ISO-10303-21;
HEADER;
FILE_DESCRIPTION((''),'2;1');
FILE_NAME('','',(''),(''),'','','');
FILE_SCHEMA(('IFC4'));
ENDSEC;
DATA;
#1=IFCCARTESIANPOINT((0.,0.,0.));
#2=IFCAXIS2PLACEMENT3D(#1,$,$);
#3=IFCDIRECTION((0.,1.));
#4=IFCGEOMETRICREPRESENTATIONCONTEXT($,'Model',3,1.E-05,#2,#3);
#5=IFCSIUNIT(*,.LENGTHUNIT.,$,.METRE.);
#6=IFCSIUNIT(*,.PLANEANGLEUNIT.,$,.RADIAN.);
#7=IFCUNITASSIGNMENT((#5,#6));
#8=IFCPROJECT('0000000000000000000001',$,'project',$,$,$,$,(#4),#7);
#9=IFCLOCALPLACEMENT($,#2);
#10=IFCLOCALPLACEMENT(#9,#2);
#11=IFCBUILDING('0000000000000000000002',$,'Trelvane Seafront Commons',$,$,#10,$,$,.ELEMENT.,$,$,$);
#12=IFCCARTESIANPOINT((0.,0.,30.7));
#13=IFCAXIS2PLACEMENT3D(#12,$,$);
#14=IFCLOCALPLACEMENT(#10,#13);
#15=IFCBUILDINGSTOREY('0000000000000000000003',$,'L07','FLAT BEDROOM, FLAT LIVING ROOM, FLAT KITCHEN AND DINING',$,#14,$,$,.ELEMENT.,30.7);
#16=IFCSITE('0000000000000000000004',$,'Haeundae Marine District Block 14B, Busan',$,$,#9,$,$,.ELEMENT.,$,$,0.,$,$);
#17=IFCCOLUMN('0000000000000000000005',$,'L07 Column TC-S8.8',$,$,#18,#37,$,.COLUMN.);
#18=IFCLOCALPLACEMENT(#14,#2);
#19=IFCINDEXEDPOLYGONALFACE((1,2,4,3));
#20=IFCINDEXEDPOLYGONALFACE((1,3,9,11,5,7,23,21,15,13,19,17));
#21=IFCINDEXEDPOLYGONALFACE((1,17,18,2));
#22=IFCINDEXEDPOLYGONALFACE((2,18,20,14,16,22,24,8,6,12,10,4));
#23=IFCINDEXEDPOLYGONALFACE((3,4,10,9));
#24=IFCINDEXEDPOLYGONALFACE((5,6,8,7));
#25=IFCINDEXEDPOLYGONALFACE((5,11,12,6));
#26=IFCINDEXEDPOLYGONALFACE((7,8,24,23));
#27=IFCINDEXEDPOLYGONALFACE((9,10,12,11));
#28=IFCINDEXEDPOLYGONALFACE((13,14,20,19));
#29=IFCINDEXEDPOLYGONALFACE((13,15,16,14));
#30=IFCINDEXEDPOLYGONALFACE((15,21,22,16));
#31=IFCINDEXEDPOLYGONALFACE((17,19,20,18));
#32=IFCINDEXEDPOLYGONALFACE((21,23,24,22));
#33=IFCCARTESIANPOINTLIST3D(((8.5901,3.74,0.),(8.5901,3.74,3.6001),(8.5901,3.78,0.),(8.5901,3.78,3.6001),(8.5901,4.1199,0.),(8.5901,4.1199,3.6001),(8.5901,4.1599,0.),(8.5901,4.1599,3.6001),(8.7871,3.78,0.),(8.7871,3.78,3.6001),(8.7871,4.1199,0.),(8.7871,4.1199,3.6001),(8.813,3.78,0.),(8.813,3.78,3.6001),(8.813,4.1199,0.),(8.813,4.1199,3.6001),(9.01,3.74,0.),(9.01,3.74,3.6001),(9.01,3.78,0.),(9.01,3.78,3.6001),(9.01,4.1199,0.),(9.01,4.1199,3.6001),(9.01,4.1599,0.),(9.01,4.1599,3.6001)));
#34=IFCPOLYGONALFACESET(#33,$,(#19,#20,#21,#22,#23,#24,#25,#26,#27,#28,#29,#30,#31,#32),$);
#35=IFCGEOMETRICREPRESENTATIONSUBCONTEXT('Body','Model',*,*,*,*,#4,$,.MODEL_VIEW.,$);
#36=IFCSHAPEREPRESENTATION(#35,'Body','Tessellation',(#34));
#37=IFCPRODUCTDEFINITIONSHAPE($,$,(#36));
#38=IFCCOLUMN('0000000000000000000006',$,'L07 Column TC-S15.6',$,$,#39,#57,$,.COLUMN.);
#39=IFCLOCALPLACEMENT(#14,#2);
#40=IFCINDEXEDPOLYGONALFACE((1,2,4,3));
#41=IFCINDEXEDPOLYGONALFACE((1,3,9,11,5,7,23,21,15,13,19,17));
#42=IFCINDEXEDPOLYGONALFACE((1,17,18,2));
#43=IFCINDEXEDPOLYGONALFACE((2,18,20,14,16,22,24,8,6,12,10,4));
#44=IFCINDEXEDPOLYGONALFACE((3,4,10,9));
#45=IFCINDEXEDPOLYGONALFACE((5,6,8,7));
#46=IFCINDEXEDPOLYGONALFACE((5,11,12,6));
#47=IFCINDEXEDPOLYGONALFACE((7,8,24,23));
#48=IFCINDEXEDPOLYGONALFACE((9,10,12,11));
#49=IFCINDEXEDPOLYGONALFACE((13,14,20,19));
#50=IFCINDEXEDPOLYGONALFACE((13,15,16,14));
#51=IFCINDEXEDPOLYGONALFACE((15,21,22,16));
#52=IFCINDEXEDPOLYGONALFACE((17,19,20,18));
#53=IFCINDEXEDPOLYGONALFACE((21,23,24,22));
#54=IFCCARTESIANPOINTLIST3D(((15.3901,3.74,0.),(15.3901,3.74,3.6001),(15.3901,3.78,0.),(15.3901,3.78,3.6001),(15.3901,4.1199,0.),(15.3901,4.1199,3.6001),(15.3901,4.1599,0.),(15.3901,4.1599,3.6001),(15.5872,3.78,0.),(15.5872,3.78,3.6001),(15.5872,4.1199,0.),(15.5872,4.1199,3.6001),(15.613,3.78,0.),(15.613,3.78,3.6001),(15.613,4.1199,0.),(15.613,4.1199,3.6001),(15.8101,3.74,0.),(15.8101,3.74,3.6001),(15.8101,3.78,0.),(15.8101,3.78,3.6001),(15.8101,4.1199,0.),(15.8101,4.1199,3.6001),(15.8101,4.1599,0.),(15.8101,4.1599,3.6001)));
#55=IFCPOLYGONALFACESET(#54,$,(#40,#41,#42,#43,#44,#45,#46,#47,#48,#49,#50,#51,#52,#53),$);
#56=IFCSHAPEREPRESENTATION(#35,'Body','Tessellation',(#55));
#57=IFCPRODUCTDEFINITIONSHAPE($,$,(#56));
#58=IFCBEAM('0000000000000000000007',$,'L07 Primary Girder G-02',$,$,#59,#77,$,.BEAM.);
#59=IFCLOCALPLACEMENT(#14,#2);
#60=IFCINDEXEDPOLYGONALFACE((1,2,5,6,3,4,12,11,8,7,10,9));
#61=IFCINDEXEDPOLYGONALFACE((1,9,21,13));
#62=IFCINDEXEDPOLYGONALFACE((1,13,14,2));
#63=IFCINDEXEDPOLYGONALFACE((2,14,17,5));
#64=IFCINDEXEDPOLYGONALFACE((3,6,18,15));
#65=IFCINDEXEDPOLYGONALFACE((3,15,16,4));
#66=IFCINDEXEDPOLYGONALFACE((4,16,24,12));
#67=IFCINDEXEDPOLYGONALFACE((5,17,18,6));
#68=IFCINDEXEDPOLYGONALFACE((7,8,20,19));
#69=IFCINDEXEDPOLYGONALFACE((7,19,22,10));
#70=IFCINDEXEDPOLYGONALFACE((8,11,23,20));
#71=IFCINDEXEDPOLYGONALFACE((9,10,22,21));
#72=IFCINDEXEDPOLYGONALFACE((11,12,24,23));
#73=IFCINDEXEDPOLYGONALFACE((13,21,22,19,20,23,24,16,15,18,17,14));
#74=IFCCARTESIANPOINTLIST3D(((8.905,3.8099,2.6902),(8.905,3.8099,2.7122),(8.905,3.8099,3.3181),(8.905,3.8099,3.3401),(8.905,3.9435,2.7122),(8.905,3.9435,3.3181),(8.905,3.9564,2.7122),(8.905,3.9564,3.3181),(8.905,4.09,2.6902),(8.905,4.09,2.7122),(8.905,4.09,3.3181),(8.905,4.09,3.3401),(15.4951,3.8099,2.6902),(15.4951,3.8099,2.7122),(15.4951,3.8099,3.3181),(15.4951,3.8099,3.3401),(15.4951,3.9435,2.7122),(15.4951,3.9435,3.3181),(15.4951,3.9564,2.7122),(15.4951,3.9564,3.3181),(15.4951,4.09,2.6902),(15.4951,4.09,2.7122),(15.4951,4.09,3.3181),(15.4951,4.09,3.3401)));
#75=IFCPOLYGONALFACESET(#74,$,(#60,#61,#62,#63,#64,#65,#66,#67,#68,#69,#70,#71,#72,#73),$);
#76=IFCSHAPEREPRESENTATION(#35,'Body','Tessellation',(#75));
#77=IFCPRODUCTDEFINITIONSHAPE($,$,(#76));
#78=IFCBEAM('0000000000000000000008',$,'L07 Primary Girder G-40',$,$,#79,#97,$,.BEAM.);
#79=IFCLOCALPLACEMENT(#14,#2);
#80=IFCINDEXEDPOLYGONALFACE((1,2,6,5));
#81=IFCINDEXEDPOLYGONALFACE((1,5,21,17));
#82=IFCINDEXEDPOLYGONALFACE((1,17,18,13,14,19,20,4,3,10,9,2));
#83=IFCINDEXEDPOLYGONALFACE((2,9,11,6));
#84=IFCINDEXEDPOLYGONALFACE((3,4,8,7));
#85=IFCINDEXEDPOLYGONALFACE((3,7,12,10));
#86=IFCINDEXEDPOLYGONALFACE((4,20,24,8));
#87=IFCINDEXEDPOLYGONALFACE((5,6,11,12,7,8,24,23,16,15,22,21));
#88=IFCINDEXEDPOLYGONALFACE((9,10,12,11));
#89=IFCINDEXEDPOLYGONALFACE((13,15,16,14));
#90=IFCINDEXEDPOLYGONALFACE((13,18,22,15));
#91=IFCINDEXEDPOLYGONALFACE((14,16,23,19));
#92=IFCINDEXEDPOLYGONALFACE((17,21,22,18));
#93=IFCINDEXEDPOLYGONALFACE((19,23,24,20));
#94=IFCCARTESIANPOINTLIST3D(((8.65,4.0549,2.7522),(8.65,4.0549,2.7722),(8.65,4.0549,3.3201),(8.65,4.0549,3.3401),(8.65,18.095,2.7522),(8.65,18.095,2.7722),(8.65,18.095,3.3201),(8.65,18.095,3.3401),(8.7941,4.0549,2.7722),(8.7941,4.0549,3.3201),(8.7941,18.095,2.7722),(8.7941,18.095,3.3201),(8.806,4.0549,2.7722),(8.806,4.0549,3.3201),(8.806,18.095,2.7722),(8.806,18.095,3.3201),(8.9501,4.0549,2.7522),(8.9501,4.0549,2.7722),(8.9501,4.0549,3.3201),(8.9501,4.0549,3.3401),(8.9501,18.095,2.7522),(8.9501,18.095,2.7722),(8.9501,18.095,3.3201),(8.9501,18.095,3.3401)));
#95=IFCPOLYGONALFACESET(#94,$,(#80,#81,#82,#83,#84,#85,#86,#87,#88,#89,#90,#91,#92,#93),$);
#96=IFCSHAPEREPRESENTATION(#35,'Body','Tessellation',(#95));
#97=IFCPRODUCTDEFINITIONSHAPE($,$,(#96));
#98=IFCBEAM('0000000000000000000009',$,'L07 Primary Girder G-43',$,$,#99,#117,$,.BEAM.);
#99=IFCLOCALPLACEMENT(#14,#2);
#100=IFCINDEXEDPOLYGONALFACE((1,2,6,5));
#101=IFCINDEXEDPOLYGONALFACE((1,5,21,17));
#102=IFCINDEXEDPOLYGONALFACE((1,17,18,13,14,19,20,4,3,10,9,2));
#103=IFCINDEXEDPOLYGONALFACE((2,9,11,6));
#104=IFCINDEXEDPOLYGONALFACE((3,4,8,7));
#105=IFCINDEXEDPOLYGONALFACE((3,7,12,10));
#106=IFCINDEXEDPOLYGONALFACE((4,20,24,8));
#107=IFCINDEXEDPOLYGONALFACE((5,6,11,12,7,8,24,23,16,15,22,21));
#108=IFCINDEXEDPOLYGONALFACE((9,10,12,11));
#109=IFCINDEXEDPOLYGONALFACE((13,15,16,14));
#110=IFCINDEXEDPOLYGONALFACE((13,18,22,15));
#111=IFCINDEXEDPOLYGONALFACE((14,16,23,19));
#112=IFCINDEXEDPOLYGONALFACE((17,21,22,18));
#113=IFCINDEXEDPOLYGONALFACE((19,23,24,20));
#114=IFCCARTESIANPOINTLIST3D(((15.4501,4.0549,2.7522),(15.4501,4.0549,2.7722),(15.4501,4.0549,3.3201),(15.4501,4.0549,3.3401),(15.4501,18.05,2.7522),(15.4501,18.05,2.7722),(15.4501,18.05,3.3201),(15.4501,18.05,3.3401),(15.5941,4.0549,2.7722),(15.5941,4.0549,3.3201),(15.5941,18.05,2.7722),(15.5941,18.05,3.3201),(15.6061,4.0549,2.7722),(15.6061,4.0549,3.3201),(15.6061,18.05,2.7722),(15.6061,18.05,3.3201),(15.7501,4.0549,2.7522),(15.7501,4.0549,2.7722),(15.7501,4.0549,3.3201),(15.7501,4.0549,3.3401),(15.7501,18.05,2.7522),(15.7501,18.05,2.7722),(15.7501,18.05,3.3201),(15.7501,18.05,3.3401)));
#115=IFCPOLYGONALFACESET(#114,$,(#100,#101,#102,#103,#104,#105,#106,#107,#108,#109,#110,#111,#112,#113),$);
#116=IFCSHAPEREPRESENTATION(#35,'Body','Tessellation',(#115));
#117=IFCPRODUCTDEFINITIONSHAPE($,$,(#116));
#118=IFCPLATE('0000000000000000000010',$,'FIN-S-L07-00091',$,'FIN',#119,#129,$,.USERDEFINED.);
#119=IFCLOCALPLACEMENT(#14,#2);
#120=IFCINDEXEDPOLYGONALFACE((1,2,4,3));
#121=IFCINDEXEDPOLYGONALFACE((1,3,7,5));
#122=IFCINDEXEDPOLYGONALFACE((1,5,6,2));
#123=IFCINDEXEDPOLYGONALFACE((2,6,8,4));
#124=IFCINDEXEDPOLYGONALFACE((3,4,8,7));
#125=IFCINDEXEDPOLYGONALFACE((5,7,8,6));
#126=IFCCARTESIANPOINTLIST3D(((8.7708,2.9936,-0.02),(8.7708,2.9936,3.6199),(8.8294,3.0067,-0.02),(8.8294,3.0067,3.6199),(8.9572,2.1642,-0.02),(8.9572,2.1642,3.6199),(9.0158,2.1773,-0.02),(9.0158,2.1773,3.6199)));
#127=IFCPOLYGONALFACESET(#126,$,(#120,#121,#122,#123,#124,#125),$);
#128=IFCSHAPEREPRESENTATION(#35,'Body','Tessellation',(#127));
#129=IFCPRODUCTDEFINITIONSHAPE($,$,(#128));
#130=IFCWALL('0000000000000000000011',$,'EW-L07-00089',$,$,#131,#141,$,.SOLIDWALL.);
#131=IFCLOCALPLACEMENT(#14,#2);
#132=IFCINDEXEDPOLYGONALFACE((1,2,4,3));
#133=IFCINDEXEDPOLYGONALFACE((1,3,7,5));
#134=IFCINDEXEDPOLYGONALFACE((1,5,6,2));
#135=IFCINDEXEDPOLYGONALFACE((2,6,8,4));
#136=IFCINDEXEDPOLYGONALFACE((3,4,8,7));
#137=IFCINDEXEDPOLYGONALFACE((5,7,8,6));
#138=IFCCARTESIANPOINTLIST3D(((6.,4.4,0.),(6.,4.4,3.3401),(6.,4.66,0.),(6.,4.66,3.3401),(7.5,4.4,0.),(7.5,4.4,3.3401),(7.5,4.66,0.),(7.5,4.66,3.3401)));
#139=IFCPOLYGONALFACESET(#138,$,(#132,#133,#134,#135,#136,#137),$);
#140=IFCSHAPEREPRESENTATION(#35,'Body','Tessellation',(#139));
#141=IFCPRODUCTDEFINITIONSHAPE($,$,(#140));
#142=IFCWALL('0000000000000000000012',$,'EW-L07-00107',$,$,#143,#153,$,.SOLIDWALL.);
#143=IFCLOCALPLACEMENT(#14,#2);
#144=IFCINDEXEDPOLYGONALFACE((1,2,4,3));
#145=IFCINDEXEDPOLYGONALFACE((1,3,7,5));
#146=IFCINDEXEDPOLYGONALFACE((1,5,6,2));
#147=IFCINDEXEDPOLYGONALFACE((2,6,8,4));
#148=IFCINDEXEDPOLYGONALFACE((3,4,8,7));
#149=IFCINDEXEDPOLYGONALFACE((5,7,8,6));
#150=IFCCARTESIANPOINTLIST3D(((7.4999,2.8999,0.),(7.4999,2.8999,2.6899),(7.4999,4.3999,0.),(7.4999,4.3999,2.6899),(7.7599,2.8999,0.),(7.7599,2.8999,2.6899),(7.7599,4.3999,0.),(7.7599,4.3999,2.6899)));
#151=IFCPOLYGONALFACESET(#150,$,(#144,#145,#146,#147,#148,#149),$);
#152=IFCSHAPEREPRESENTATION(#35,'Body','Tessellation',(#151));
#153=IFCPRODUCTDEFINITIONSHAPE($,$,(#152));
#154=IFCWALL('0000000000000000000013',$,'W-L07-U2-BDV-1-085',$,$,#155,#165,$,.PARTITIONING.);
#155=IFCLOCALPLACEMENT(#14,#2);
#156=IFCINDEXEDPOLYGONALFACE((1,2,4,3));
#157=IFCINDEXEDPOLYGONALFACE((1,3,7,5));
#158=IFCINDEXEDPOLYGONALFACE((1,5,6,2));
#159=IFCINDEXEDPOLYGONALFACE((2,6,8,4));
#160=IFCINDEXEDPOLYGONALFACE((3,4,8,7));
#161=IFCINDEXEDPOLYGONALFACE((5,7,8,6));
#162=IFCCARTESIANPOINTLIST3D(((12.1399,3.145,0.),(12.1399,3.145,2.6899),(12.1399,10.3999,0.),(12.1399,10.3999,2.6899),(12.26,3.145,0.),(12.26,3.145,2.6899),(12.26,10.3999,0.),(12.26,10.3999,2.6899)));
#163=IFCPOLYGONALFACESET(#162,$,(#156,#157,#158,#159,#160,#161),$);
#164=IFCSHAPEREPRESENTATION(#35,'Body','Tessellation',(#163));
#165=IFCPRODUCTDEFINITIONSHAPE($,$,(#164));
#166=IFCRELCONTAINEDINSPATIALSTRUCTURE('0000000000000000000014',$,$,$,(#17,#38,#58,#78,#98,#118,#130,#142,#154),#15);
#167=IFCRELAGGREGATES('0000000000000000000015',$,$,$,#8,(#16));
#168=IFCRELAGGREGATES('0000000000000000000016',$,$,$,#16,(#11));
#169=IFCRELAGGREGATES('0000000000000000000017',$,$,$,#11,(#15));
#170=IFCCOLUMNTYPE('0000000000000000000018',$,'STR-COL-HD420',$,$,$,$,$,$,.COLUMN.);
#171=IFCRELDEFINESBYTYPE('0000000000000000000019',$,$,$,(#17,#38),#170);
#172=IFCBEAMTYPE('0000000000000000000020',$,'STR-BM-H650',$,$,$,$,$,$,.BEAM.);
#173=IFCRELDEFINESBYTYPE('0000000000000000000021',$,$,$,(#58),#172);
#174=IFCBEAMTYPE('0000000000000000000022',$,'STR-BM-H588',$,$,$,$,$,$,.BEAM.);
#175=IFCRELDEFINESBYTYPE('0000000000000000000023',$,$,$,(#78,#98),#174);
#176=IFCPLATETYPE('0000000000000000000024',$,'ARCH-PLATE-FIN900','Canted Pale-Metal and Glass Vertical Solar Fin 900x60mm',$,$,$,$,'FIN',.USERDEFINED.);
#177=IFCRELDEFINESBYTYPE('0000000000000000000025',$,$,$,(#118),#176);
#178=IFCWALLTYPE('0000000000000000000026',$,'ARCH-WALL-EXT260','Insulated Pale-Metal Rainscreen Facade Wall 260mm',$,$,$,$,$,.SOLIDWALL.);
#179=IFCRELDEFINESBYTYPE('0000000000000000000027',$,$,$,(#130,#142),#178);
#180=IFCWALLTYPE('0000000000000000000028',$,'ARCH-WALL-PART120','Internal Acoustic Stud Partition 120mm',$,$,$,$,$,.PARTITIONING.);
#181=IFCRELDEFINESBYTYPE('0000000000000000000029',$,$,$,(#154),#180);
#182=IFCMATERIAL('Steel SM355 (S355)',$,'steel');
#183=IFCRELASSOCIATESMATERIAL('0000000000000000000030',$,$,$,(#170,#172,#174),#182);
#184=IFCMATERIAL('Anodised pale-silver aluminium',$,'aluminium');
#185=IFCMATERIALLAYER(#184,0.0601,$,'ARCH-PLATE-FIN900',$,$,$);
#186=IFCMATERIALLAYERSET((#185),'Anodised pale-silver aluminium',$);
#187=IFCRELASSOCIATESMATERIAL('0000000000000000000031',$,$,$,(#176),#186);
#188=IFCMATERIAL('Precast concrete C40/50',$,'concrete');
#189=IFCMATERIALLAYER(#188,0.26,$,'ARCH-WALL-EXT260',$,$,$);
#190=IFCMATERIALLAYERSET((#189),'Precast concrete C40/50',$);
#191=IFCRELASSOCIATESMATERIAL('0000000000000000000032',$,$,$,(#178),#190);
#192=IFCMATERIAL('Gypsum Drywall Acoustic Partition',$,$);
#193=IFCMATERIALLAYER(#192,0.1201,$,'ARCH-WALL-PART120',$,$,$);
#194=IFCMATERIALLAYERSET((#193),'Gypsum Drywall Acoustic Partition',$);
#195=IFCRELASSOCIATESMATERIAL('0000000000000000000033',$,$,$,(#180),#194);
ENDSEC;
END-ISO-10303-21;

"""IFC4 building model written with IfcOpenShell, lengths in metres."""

from ifc_helpers import new_model, si_unit, direction, frame, frame_2d, origin, origin_2d, place, context, subcontext, project, spatial, rectangle, i_section, extrude, source, transform, mapped, material, layer, layer_set, material_profile, profile_set, type_object, element, save


model = new_model("IFC4")

# Units and contexts
model_context = context("Model", 3, precision=1e-05, world=origin(), true_north=direction((0.0, 1.0)))
body_context = subcontext(model_context, "Body", "Model", "MODEL_VIEW")
ifc_project = project(units=[si_unit("LENGTHUNIT", "METRE"), si_unit("PLANEANGLEUNIT", "RADIAN")], contexts=[model_context])

# Site, building, storey
site_placement = place(None, origin())
site = spatial("IfcSite", under=ifc_project, at=site_placement, Name="Haeundae Marine District Block 14B, Busan", CompositionType="ELEMENT", RefElevation=0.0)
building_placement = place(site_placement, origin())
building = spatial("IfcBuilding", under=site, at=building_placement, Name="Trelvane Seafront Commons", CompositionType="ELEMENT")
storey_placement = place(building_placement, frame((0.0, 0.0, 30.7)))
storey = spatial("IfcBuildingStorey", under=building, at=storey_placement, Name="L07", Description="FLAT BEDROOM, FLAT LIVING ROOM, FLAT KITCHEN AND DINING", CompositionType="ELEMENT", Elevation=30.7)

# Columns
ifc_material_1 = material(Name="Steel SM355 (S355)", Category="steel")
ifc_material_profile_1 = material_profile(ifc_material_1, i_section(OverallWidth=0.4199, OverallDepth=0.4199, WebThickness=0.0259, FlangeThickness=0.04, at=origin_2d()), Name="HD-420x420x26x40")
ifc_profile_set_1 = profile_set([ifc_material_profile_1], Name="Steel SM355 (S355)")
column_type = type_object("IfcColumnType", Name="STR-COL-HD420", PredefinedType="COLUMN", material=ifc_profile_set_1)
shared_shape_1 = source(origin(), body_context, "Body", "SweptSolid", [
    extrude(i_section(OverallWidth=0.4199, OverallDepth=0.4199, WebThickness=0.0259, FlangeThickness=0.04, at=origin_2d()), origin(), (0.0, 0.0, 1.0), 3.6001),
])
for number, where, z_axis, x_axis, name in (
    (1, (8.8, 3.95, 0.0), (0.0, 0.0, 1.0), (1.0, 0.0, 0.0), "L07 Column TC-S8.8"),
    (2, (15.6001, 3.95, 0.0), (0.0, 0.0, 1.0), (1.0, 0.0, 0.0), "L07 Column TC-S15.6"),
):
    element("IfcColumn", number, at=place(storey_placement, frame(where, z_axis=z_axis, x_axis=x_axis)), inside=storey, type_object=column_type, Name=name, PredefinedType="COLUMN", context=body_context, shape_type="MappedRepresentation", body=[
        mapped(shared_shape_1, transform((0.0, 0.0, 0.0), x_axis=(1.0, 0.0, 0.0), y_axis=(0.0, 1.0, 0.0), z_axis=(0.0, 0.0, 1.0), scale=1.0)),
    ])

# Beams
ifc_material_profile_2 = material_profile(ifc_material_1, i_section(OverallWidth=0.28, OverallDepth=0.6499, WebThickness=0.0129, FlangeThickness=0.022, at=origin_2d()), Name="H-650x280x13x22")
ifc_profile_set_2 = profile_set([ifc_material_profile_2], Name="Steel SM355 (S355)")
beam_type_1 = type_object("IfcBeamType", Name="STR-BM-H650", PredefinedType="BEAM", material=ifc_profile_set_2)
shared_shape_2 = source(origin(), body_context, "Body", "SweptSolid", [
    extrude(i_section(OverallWidth=0.28, OverallDepth=0.6499, WebThickness=0.0129, FlangeThickness=0.022, at=origin_2d()), origin(), (0.0, 0.0, 1.0), 6.5901),
])
beam_1_placement = place(storey_placement, frame((8.905, 3.95, 3.0151), z_axis=(1.0, 0.0, 0.0), x_axis=(0.0, 1.0, 0.0)))
element("IfcBeam", 3, at=beam_1_placement, inside=storey, type_object=beam_type_1, Name="L07 Primary Girder G-02", PredefinedType="BEAM", context=body_context, shape_type="MappedRepresentation", body=[
    mapped(shared_shape_2, transform((0.0, 0.0, 0.0), x_axis=(1.0, 0.0, 0.0), y_axis=(0.0, 1.0, 0.0), z_axis=(0.0, 0.0, 1.0), scale=1.0)),
])
ifc_material_profile_3 = material_profile(ifc_material_1, i_section(OverallWidth=0.3, OverallDepth=0.5879, WebThickness=0.012, FlangeThickness=0.02, at=origin_2d()), Name="H-588x300x12x20")
ifc_profile_set_3 = profile_set([ifc_material_profile_3], Name="Steel SM355 (S355)")
beam_type_2 = type_object("IfcBeamType", Name="STR-BM-H588", PredefinedType="BEAM", material=ifc_profile_set_3)
shared_shape_3 = source(origin(), body_context, "Body", "SweptSolid", [
    extrude(i_section(OverallWidth=0.3, OverallDepth=0.5879, WebThickness=0.012, FlangeThickness=0.02, at=origin_2d()), origin(), (0.0, 0.0, 1.0), 14.04),
])
beam_2_placement = place(storey_placement, frame((8.8, 4.0549, 3.0461), z_axis=(0.0, 1.0, 0.0), x_axis=(-1.0, 0.0, 0.0)))
element("IfcBeam", 4, at=beam_2_placement, inside=storey, type_object=beam_type_2, Name="L07 Primary Girder G-40", PredefinedType="BEAM", context=body_context, shape_type="MappedRepresentation", body=[
    mapped(shared_shape_3, transform((0.0, 0.0, 0.0), x_axis=(1.0, 0.0, 0.0), y_axis=(0.0, 1.0, 0.0), z_axis=(0.0, 0.0, 1.0), scale=1.0)),
])
shared_shape_4 = source(origin(), body_context, "Body", "SweptSolid", [
    extrude(i_section(OverallWidth=0.3, OverallDepth=0.5879, WebThickness=0.012, FlangeThickness=0.02, at=origin_2d()), origin(), (0.0, 0.0, 1.0), 13.9951),
])
beam_3_placement = place(storey_placement, frame((15.6001, 4.0549, 3.0461), z_axis=(0.0, 1.0, 0.0), x_axis=(-1.0, 0.0, 0.0)))
element("IfcBeam", 5, at=beam_3_placement, inside=storey, type_object=beam_type_2, Name="L07 Primary Girder G-43", PredefinedType="BEAM", context=body_context, shape_type="MappedRepresentation", body=[
    mapped(shared_shape_4, transform((0.0, 0.0, 0.0), x_axis=(1.0, 0.0, 0.0), y_axis=(0.0, 1.0, 0.0), z_axis=(0.0, 0.0, 1.0), scale=1.0)),
])

# Plate
ifc_material_2 = material(Name="Anodised pale-silver aluminium", Category="aluminium")
ifc_layer_1 = layer(ifc_material_2, 0.0601, Name="ARCH-PLATE-FIN900")
ifc_layer_set_1 = layer_set([ifc_layer_1], Name="Anodised pale-silver aluminium")
plate_type = type_object("IfcPlateType", Name="ARCH-PLATE-FIN900", Description="Canted Pale-Metal and Glass Vertical Solar Fin 900x60mm", ElementType="FIN", PredefinedType="USERDEFINED", material=ifc_layer_set_1)
shared_shape_5 = source(origin(), body_context, "Body", "SweptSolid", [
    extrude(rectangle(XDim=0.8501, YDim=0.0601, at=origin_2d()), origin(), (0.0, 0.0, 1.0), 3.6399),
])
plate_placement = place(storey_placement, frame((8.8933, 2.5854, -0.02), z_axis=(0.0, 0.0, 1.0), x_axis=(0.219296, -0.975658, 0.0)))
element("IfcPlate", 6, at=plate_placement, inside=storey, type_object=plate_type, Name="FIN-S-L07-00091", ObjectType="FIN", PredefinedType="USERDEFINED", context=body_context, shape_type="MappedRepresentation", body=[
    mapped(shared_shape_5, transform((0.0, 0.0, 0.0), x_axis=(1.0, 0.0, 0.0), y_axis=(0.0, 1.0, 0.0), z_axis=(0.0, 0.0, 1.0), scale=1.0)),
])

# Walls
ifc_material_3 = material(Name="Precast concrete C40/50", Category="concrete")
ifc_layer_2 = layer(ifc_material_3, 0.26, Name="ARCH-WALL-EXT260")
ifc_layer_set_2 = layer_set([ifc_layer_2], Name="Precast concrete C40/50")
wall_type_1 = type_object("IfcWallType", Name="ARCH-WALL-EXT260", Description="Insulated Pale-Metal Rainscreen Facade Wall 260mm", PredefinedType="SOLIDWALL", material=ifc_layer_set_2)
wall_1_placement = place(storey_placement, frame((7.5, 4.53, 0.0), z_axis=(0.0, 0.0, 1.0), x_axis=(-1.0, 0.0, 0.0)))
element("IfcWall", 7, at=wall_1_placement, inside=storey, type_object=wall_type_1, Name="EW-L07-00089", PredefinedType="SOLIDWALL", context=body_context, shape_type="SweptSolid", body=[
    extrude(rectangle(XDim=1.5, YDim=0.26, at=frame_2d((0.75, 0.0))), origin(), (0.0, 0.0, 1.0), 3.3401),
])
wall_2_placement = place(storey_placement, frame((7.6299, 2.8999, 0.0), z_axis=(0.0, 0.0, 1.0), x_axis=(0.0, 1.0, 0.0)))
element("IfcWall", 8, at=wall_2_placement, inside=storey, type_object=wall_type_1, Name="EW-L07-00107", PredefinedType="SOLIDWALL", context=body_context, shape_type="SweptSolid", body=[
    extrude(rectangle(XDim=1.5, YDim=0.26, at=frame_2d((0.75, 0.0))), origin(), (0.0, 0.0, 1.0), 2.6899),
])

# Shared definitions
ifc_material_4 = material(Name="Gypsum Drywall Acoustic Partition")
ifc_layer_3 = layer(ifc_material_4, 0.1201, Name="ARCH-WALL-PART120")
ifc_layer_set_3 = layer_set([ifc_layer_3], Name="Gypsum Drywall Acoustic Partition")
wall_type_2 = type_object("IfcWallType", Name="ARCH-WALL-PART120", Description="Internal Acoustic Stud Partition 120mm", PredefinedType="PARTITIONING", material=ifc_layer_set_3)

# Wall
wall_3_placement = place(storey_placement, frame((12.2, 3.145, 0.0), z_axis=(0.0, 0.0, 1.0), x_axis=(0.0, 1.0, 0.0)))
element("IfcWall", 9, at=wall_3_placement, inside=storey, type_object=wall_type_2, Name="W-L07-U2-BDV-1-085", PredefinedType="PARTITIONING", context=body_context, shape_type="SweptSolid", body=[
    extrude(rectangle(XDim=7.2549, YDim=0.1201, at=frame_2d((3.6274, 0.0))), origin(), (0.0, 0.0, 1.0), 2.6899),
])

save(model, "model.ifc")
